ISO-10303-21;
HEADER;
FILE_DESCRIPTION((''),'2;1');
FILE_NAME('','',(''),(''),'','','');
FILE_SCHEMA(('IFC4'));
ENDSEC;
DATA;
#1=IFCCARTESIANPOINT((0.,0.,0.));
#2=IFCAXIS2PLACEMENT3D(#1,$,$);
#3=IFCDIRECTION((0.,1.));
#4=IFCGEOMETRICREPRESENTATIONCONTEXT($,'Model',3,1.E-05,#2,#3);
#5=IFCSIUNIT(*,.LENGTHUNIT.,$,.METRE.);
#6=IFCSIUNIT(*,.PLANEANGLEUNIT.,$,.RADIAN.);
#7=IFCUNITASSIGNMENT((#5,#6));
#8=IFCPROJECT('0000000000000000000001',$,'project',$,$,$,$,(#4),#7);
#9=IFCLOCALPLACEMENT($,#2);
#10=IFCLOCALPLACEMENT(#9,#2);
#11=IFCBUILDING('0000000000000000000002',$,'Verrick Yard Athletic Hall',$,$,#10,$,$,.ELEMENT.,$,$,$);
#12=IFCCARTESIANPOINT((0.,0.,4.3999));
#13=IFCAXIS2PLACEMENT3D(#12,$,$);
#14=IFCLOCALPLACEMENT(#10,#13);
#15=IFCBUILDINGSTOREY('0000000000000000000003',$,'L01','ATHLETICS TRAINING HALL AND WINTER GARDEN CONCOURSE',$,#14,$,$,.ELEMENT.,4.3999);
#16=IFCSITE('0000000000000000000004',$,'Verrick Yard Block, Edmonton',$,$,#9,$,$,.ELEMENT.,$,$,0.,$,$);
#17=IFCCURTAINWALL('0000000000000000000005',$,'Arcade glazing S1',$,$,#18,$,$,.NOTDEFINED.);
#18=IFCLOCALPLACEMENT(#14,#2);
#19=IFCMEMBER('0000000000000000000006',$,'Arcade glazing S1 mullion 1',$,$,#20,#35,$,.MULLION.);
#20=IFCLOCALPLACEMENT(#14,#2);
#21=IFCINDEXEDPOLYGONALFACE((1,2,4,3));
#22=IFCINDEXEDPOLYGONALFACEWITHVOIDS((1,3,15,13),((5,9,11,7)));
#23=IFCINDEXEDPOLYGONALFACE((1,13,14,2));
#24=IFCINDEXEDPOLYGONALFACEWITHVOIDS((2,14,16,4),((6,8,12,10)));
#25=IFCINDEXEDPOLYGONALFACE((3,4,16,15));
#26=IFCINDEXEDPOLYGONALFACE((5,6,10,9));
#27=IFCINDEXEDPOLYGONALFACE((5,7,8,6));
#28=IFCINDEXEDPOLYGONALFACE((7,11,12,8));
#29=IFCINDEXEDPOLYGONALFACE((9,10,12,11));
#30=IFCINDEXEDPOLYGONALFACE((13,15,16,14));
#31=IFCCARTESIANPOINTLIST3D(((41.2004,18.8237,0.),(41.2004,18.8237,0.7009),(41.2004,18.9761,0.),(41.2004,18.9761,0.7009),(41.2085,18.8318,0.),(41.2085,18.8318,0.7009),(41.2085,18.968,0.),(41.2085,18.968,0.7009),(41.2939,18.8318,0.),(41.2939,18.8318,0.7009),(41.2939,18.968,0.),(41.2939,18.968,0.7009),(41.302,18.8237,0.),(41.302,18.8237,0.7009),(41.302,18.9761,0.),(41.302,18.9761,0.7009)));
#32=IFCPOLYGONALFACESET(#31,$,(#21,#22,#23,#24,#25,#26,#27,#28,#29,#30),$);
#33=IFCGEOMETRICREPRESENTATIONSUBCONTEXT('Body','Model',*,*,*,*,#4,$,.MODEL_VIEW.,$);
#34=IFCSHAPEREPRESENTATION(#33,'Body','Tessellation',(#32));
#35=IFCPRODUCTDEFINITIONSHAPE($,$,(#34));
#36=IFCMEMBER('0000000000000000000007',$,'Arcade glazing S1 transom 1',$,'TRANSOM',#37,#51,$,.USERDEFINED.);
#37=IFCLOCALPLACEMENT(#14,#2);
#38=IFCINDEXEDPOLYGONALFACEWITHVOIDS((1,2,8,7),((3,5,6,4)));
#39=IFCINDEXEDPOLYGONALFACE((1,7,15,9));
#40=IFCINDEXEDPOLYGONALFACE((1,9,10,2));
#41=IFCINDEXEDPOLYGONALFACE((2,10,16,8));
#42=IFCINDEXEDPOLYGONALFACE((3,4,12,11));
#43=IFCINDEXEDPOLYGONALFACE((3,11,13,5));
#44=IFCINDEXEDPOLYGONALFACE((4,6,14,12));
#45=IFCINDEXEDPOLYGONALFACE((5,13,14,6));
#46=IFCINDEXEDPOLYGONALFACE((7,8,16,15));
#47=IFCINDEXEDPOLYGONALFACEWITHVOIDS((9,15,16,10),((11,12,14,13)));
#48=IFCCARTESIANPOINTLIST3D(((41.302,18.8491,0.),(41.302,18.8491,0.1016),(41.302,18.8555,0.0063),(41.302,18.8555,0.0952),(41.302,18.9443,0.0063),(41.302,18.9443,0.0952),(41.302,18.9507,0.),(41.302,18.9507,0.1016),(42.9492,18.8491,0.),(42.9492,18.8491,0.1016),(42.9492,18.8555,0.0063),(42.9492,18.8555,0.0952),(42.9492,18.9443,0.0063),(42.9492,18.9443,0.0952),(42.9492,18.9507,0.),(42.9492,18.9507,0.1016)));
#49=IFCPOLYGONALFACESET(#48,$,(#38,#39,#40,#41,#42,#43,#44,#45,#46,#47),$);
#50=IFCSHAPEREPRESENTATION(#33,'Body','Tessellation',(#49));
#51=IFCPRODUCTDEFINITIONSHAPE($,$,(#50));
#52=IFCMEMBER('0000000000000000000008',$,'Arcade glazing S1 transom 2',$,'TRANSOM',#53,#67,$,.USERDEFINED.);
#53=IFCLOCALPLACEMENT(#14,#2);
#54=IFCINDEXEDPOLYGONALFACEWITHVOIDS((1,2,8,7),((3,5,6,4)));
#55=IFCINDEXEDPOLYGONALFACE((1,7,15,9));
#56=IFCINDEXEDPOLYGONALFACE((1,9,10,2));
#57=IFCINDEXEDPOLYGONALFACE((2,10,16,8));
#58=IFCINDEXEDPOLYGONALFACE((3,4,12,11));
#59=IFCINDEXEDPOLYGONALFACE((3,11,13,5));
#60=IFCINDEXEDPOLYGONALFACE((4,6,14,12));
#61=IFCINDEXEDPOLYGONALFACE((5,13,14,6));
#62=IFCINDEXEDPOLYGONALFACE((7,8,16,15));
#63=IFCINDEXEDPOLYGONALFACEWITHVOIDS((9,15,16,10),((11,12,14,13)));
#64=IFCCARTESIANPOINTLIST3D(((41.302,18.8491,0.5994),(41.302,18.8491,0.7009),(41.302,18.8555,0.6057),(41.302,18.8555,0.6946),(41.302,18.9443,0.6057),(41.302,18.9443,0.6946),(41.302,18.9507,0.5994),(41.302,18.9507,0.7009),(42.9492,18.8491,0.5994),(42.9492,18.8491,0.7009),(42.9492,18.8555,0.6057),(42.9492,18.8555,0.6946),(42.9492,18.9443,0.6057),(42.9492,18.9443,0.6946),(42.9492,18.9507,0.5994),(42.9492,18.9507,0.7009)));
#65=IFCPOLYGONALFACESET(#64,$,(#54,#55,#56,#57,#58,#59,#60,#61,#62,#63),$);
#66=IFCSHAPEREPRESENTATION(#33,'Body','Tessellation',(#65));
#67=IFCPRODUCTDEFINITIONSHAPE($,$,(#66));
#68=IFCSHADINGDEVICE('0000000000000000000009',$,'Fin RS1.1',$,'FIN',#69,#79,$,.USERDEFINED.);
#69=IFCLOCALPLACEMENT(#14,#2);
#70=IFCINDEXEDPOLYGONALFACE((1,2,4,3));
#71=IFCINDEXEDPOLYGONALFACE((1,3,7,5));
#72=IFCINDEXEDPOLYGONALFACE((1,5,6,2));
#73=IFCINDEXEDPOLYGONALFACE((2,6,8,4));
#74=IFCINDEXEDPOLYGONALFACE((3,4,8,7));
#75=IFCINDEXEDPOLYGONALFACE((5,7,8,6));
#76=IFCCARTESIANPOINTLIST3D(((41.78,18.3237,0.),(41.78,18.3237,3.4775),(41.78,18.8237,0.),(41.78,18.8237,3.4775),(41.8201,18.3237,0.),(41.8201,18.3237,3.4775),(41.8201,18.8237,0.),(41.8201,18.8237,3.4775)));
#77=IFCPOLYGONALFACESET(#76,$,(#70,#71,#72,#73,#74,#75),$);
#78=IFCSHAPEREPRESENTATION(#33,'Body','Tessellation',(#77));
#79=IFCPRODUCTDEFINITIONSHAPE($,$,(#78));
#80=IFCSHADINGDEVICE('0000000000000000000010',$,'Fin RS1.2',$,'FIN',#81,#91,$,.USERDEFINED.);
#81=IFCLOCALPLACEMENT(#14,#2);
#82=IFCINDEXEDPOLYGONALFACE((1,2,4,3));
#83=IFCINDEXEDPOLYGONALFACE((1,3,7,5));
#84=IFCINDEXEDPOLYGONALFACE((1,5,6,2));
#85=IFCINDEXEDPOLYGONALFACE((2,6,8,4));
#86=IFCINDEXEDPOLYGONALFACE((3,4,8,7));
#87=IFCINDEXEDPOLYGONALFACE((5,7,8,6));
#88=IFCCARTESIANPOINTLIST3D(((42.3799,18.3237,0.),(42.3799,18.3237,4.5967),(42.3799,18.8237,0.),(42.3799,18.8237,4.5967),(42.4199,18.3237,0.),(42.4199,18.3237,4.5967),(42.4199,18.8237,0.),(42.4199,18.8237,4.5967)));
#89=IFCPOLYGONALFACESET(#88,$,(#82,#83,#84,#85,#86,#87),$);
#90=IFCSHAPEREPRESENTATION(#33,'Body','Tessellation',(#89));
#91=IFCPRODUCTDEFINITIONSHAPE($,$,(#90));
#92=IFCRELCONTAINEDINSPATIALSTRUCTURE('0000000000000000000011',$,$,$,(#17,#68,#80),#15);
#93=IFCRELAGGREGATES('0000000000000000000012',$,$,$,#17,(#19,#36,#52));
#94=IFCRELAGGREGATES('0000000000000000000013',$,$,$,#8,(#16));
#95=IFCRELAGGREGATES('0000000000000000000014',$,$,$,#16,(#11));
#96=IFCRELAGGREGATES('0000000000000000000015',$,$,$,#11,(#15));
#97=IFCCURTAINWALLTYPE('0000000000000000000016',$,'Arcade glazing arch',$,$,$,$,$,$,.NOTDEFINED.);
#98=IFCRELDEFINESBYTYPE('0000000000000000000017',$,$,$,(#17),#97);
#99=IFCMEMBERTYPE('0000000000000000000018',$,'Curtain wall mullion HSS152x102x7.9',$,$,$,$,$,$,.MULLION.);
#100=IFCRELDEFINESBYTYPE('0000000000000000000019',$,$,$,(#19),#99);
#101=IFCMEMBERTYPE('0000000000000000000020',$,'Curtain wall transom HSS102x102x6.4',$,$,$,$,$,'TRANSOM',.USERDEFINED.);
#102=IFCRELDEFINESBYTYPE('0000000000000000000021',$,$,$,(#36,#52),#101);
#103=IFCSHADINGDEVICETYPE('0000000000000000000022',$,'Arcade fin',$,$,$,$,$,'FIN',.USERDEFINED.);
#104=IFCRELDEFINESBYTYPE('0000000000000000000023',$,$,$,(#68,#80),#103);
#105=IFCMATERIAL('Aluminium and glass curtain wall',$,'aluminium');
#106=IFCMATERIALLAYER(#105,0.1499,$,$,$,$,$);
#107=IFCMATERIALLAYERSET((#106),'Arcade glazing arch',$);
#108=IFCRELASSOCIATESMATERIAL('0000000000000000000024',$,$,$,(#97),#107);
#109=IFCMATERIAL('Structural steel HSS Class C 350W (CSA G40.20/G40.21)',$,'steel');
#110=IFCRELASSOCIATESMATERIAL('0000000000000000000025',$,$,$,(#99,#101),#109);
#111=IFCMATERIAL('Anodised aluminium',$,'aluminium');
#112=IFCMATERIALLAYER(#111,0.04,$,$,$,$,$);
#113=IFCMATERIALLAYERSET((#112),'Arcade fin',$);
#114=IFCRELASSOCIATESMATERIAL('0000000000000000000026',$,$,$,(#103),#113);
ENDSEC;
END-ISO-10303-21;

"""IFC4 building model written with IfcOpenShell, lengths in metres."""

from ifc_helpers import new_model, si_unit, direction, frame, origin, origin_2d, place, context, subcontext, project, spatial, polyline, hollow_rectangle, outline, extrude, material, layer, layer_set, material_profile, profile_set, type_object, element, aggregate, save


model = new_model("IFC4")

# Units and contexts
model_context = context("Model", 3, precision=1e-05, world=origin(), true_north=direction((0.0, 1.0)))
body_context = subcontext(model_context, "Body", "Model", "MODEL_VIEW")
ifc_project = project(units=[si_unit("LENGTHUNIT", "METRE"), si_unit("PLANEANGLEUNIT", "RADIAN")], contexts=[model_context])

# Site, building, storey
site_placement = place(None, origin())
site = spatial("IfcSite", under=ifc_project, at=site_placement, Name="Verrick Yard Block, Edmonton", CompositionType="ELEMENT", RefElevation=0.0)
building_placement = place(site_placement, origin())
building = spatial("IfcBuilding", under=site, at=building_placement, Name="Verrick Yard Athletic Hall", CompositionType="ELEMENT")
storey_placement = place(building_placement, frame((0.0, 0.0, 4.3999)))
storey = spatial("IfcBuildingStorey", under=building, at=storey_placement, Name="L01", Description="ATHLETICS TRAINING HALL AND WINTER GARDEN CONCOURSE", CompositionType="ELEMENT", Elevation=4.3999)

# Curtain wall, members
ifc_material_1 = material(Name="Aluminium and glass curtain wall", Category="aluminium")
ifc_layer_1 = layer(ifc_material_1, 0.1499)
ifc_layer_set_1 = layer_set([ifc_layer_1], Name="Arcade glazing arch")
curtain_wall_type = type_object("IfcCurtainWallType", Name="Arcade glazing arch", PredefinedType="NOTDEFINED", material=ifc_layer_set_1)
curtain_wall_placement = place(storey_placement, origin())
curtain_wall = element("IfcCurtainWall", 1, at=curtain_wall_placement, inside=storey, type_object=curtain_wall_type, Name="Arcade glazing S1", PredefinedType="NOTDEFINED")
ifc_material_2 = material(Name="Structural steel HSS Class C 350W (CSA G40.20/G40.21)", Category="steel")
ifc_material_profile_1 = material_profile(ifc_material_2, hollow_rectangle(XDim=0.1016, YDim=0.1523, WallThickness=0.0081, at=origin_2d()), Name="HSS152x102x7.9")
ifc_profile_set_1 = profile_set([ifc_material_profile_1], Name="Structural steel HSS Class C 350W (CSA G40.20/G40.21)")
member_type_1 = type_object("IfcMemberType", Name="Curtain wall mullion HSS152x102x7.9", PredefinedType="MULLION", material=ifc_profile_set_1)
member_1_placement = place(storey_placement, frame((41.2512, 18.8999, 0.0), z_axis=(0.0, 0.0, 1.0), x_axis=(1.0, 0.0, 0.0)))
member_1 = element("IfcMember", 2, at=member_1_placement, type_object=member_type_1, Name="Arcade glazing S1 mullion 1", PredefinedType="MULLION", context=body_context, shape_type="SweptSolid", body=[
    extrude(hollow_rectangle(XDim=0.1016, YDim=0.1523, WallThickness=0.0081, at=origin_2d()), origin(), (0.0, 0.0, 1.0), 0.7009),
])
ifc_material_profile_2 = material_profile(ifc_material_2, hollow_rectangle(XDim=0.1016, YDim=0.1016, WallThickness=0.0063, at=origin_2d()), Name="HSS102x102x6.4")
ifc_profile_set_2 = profile_set([ifc_material_profile_2], Name="Structural steel HSS Class C 350W (CSA G40.20/G40.21)")
member_type_2 = type_object("IfcMemberType", Name="Curtain wall transom HSS102x102x6.4", ElementType="TRANSOM", PredefinedType="USERDEFINED", material=ifc_profile_set_2)
member_2_placement = place(storey_placement, frame((41.302, 18.8999, 0.0508), z_axis=(1.0, 0.0, 0.0), x_axis=(0.0, 1.0, 0.0)))
member_2 = element("IfcMember", 3, at=member_2_placement, type_object=member_type_2, Name="Arcade glazing S1 transom 1", ObjectType="TRANSOM", PredefinedType="USERDEFINED", context=body_context, shape_type="SweptSolid", body=[
    extrude(hollow_rectangle(XDim=0.1016, YDim=0.1016, WallThickness=0.0063, at=origin_2d()), origin(), (0.0, 0.0, 1.0), 1.6472),
])
member_3_placement = place(storey_placement, frame((41.302, 18.8999, 0.6501), z_axis=(1.0, 0.0, 0.0), x_axis=(0.0, 1.0, 0.0)))
member_3 = element("IfcMember", 4, at=member_3_placement, type_object=member_type_2, Name="Arcade glazing S1 transom 2", ObjectType="TRANSOM", PredefinedType="USERDEFINED", context=body_context, shape_type="SweptSolid", body=[
    extrude(hollow_rectangle(XDim=0.1016, YDim=0.1016, WallThickness=0.0063, at=origin_2d()), origin(), (0.0, 0.0, 1.0), 1.6472),
])
aggregate(curtain_wall, [member_1, member_2, member_3])

# Shading devices
ifc_material_3 = material(Name="Anodised aluminium", Category="aluminium")
ifc_layer_2 = layer(ifc_material_3, 0.04)
ifc_layer_set_2 = layer_set([ifc_layer_2], Name="Arcade fin")
shading_device_type = type_object("IfcShadingDeviceType", Name="Arcade fin", ElementType="FIN", PredefinedType="USERDEFINED", material=ifc_layer_set_2)
shading_device_1_placement = place(storey_placement, frame((41.8, 18.8237, 0.0), z_axis=(0.0, 0.0, 1.0), x_axis=(0.0, -1.0, 0.0)))
element("IfcShadingDevice", 5, at=shading_device_1_placement, inside=storey, type_object=shading_device_type, Name="Fin RS1.1", ObjectType="FIN", PredefinedType="USERDEFINED", context=body_context, shape_type="SweptSolid", body=[
    extrude(outline(polyline([(0.0, 0.0), (0.5, 0.0), (0.5, 3.4775), (0.0, 3.4775), (0.0, 0.0)])), frame((0.0, 0.02, 0.0), z_axis=(0.0, -1.0, 0.0), x_axis=(1.0, 0.0, 0.0)), (0.0, 0.0, 1.0), 0.04),
])
shading_device_2_placement = place(storey_placement, frame((42.3999, 18.8237, 0.0), z_axis=(0.0, 0.0, 1.0), x_axis=(0.0, -1.0, 0.0)))
element("IfcShadingDevice", 6, at=shading_device_2_placement, inside=storey, type_object=shading_device_type, Name="Fin RS1.2", ObjectType="FIN", PredefinedType="USERDEFINED", context=body_context, shape_type="SweptSolid", body=[
    extrude(outline(polyline([(0.0, 0.0), (0.5, 0.0), (0.5, 4.5967), (0.0, 4.5967), (0.0, 0.0)])), frame((0.0, 0.02, 0.0), z_axis=(0.0, -1.0, 0.0), x_axis=(1.0, 0.0, 0.0)), (0.0, 0.0, 1.0), 0.04),
])

save(model, "model.ifc")
